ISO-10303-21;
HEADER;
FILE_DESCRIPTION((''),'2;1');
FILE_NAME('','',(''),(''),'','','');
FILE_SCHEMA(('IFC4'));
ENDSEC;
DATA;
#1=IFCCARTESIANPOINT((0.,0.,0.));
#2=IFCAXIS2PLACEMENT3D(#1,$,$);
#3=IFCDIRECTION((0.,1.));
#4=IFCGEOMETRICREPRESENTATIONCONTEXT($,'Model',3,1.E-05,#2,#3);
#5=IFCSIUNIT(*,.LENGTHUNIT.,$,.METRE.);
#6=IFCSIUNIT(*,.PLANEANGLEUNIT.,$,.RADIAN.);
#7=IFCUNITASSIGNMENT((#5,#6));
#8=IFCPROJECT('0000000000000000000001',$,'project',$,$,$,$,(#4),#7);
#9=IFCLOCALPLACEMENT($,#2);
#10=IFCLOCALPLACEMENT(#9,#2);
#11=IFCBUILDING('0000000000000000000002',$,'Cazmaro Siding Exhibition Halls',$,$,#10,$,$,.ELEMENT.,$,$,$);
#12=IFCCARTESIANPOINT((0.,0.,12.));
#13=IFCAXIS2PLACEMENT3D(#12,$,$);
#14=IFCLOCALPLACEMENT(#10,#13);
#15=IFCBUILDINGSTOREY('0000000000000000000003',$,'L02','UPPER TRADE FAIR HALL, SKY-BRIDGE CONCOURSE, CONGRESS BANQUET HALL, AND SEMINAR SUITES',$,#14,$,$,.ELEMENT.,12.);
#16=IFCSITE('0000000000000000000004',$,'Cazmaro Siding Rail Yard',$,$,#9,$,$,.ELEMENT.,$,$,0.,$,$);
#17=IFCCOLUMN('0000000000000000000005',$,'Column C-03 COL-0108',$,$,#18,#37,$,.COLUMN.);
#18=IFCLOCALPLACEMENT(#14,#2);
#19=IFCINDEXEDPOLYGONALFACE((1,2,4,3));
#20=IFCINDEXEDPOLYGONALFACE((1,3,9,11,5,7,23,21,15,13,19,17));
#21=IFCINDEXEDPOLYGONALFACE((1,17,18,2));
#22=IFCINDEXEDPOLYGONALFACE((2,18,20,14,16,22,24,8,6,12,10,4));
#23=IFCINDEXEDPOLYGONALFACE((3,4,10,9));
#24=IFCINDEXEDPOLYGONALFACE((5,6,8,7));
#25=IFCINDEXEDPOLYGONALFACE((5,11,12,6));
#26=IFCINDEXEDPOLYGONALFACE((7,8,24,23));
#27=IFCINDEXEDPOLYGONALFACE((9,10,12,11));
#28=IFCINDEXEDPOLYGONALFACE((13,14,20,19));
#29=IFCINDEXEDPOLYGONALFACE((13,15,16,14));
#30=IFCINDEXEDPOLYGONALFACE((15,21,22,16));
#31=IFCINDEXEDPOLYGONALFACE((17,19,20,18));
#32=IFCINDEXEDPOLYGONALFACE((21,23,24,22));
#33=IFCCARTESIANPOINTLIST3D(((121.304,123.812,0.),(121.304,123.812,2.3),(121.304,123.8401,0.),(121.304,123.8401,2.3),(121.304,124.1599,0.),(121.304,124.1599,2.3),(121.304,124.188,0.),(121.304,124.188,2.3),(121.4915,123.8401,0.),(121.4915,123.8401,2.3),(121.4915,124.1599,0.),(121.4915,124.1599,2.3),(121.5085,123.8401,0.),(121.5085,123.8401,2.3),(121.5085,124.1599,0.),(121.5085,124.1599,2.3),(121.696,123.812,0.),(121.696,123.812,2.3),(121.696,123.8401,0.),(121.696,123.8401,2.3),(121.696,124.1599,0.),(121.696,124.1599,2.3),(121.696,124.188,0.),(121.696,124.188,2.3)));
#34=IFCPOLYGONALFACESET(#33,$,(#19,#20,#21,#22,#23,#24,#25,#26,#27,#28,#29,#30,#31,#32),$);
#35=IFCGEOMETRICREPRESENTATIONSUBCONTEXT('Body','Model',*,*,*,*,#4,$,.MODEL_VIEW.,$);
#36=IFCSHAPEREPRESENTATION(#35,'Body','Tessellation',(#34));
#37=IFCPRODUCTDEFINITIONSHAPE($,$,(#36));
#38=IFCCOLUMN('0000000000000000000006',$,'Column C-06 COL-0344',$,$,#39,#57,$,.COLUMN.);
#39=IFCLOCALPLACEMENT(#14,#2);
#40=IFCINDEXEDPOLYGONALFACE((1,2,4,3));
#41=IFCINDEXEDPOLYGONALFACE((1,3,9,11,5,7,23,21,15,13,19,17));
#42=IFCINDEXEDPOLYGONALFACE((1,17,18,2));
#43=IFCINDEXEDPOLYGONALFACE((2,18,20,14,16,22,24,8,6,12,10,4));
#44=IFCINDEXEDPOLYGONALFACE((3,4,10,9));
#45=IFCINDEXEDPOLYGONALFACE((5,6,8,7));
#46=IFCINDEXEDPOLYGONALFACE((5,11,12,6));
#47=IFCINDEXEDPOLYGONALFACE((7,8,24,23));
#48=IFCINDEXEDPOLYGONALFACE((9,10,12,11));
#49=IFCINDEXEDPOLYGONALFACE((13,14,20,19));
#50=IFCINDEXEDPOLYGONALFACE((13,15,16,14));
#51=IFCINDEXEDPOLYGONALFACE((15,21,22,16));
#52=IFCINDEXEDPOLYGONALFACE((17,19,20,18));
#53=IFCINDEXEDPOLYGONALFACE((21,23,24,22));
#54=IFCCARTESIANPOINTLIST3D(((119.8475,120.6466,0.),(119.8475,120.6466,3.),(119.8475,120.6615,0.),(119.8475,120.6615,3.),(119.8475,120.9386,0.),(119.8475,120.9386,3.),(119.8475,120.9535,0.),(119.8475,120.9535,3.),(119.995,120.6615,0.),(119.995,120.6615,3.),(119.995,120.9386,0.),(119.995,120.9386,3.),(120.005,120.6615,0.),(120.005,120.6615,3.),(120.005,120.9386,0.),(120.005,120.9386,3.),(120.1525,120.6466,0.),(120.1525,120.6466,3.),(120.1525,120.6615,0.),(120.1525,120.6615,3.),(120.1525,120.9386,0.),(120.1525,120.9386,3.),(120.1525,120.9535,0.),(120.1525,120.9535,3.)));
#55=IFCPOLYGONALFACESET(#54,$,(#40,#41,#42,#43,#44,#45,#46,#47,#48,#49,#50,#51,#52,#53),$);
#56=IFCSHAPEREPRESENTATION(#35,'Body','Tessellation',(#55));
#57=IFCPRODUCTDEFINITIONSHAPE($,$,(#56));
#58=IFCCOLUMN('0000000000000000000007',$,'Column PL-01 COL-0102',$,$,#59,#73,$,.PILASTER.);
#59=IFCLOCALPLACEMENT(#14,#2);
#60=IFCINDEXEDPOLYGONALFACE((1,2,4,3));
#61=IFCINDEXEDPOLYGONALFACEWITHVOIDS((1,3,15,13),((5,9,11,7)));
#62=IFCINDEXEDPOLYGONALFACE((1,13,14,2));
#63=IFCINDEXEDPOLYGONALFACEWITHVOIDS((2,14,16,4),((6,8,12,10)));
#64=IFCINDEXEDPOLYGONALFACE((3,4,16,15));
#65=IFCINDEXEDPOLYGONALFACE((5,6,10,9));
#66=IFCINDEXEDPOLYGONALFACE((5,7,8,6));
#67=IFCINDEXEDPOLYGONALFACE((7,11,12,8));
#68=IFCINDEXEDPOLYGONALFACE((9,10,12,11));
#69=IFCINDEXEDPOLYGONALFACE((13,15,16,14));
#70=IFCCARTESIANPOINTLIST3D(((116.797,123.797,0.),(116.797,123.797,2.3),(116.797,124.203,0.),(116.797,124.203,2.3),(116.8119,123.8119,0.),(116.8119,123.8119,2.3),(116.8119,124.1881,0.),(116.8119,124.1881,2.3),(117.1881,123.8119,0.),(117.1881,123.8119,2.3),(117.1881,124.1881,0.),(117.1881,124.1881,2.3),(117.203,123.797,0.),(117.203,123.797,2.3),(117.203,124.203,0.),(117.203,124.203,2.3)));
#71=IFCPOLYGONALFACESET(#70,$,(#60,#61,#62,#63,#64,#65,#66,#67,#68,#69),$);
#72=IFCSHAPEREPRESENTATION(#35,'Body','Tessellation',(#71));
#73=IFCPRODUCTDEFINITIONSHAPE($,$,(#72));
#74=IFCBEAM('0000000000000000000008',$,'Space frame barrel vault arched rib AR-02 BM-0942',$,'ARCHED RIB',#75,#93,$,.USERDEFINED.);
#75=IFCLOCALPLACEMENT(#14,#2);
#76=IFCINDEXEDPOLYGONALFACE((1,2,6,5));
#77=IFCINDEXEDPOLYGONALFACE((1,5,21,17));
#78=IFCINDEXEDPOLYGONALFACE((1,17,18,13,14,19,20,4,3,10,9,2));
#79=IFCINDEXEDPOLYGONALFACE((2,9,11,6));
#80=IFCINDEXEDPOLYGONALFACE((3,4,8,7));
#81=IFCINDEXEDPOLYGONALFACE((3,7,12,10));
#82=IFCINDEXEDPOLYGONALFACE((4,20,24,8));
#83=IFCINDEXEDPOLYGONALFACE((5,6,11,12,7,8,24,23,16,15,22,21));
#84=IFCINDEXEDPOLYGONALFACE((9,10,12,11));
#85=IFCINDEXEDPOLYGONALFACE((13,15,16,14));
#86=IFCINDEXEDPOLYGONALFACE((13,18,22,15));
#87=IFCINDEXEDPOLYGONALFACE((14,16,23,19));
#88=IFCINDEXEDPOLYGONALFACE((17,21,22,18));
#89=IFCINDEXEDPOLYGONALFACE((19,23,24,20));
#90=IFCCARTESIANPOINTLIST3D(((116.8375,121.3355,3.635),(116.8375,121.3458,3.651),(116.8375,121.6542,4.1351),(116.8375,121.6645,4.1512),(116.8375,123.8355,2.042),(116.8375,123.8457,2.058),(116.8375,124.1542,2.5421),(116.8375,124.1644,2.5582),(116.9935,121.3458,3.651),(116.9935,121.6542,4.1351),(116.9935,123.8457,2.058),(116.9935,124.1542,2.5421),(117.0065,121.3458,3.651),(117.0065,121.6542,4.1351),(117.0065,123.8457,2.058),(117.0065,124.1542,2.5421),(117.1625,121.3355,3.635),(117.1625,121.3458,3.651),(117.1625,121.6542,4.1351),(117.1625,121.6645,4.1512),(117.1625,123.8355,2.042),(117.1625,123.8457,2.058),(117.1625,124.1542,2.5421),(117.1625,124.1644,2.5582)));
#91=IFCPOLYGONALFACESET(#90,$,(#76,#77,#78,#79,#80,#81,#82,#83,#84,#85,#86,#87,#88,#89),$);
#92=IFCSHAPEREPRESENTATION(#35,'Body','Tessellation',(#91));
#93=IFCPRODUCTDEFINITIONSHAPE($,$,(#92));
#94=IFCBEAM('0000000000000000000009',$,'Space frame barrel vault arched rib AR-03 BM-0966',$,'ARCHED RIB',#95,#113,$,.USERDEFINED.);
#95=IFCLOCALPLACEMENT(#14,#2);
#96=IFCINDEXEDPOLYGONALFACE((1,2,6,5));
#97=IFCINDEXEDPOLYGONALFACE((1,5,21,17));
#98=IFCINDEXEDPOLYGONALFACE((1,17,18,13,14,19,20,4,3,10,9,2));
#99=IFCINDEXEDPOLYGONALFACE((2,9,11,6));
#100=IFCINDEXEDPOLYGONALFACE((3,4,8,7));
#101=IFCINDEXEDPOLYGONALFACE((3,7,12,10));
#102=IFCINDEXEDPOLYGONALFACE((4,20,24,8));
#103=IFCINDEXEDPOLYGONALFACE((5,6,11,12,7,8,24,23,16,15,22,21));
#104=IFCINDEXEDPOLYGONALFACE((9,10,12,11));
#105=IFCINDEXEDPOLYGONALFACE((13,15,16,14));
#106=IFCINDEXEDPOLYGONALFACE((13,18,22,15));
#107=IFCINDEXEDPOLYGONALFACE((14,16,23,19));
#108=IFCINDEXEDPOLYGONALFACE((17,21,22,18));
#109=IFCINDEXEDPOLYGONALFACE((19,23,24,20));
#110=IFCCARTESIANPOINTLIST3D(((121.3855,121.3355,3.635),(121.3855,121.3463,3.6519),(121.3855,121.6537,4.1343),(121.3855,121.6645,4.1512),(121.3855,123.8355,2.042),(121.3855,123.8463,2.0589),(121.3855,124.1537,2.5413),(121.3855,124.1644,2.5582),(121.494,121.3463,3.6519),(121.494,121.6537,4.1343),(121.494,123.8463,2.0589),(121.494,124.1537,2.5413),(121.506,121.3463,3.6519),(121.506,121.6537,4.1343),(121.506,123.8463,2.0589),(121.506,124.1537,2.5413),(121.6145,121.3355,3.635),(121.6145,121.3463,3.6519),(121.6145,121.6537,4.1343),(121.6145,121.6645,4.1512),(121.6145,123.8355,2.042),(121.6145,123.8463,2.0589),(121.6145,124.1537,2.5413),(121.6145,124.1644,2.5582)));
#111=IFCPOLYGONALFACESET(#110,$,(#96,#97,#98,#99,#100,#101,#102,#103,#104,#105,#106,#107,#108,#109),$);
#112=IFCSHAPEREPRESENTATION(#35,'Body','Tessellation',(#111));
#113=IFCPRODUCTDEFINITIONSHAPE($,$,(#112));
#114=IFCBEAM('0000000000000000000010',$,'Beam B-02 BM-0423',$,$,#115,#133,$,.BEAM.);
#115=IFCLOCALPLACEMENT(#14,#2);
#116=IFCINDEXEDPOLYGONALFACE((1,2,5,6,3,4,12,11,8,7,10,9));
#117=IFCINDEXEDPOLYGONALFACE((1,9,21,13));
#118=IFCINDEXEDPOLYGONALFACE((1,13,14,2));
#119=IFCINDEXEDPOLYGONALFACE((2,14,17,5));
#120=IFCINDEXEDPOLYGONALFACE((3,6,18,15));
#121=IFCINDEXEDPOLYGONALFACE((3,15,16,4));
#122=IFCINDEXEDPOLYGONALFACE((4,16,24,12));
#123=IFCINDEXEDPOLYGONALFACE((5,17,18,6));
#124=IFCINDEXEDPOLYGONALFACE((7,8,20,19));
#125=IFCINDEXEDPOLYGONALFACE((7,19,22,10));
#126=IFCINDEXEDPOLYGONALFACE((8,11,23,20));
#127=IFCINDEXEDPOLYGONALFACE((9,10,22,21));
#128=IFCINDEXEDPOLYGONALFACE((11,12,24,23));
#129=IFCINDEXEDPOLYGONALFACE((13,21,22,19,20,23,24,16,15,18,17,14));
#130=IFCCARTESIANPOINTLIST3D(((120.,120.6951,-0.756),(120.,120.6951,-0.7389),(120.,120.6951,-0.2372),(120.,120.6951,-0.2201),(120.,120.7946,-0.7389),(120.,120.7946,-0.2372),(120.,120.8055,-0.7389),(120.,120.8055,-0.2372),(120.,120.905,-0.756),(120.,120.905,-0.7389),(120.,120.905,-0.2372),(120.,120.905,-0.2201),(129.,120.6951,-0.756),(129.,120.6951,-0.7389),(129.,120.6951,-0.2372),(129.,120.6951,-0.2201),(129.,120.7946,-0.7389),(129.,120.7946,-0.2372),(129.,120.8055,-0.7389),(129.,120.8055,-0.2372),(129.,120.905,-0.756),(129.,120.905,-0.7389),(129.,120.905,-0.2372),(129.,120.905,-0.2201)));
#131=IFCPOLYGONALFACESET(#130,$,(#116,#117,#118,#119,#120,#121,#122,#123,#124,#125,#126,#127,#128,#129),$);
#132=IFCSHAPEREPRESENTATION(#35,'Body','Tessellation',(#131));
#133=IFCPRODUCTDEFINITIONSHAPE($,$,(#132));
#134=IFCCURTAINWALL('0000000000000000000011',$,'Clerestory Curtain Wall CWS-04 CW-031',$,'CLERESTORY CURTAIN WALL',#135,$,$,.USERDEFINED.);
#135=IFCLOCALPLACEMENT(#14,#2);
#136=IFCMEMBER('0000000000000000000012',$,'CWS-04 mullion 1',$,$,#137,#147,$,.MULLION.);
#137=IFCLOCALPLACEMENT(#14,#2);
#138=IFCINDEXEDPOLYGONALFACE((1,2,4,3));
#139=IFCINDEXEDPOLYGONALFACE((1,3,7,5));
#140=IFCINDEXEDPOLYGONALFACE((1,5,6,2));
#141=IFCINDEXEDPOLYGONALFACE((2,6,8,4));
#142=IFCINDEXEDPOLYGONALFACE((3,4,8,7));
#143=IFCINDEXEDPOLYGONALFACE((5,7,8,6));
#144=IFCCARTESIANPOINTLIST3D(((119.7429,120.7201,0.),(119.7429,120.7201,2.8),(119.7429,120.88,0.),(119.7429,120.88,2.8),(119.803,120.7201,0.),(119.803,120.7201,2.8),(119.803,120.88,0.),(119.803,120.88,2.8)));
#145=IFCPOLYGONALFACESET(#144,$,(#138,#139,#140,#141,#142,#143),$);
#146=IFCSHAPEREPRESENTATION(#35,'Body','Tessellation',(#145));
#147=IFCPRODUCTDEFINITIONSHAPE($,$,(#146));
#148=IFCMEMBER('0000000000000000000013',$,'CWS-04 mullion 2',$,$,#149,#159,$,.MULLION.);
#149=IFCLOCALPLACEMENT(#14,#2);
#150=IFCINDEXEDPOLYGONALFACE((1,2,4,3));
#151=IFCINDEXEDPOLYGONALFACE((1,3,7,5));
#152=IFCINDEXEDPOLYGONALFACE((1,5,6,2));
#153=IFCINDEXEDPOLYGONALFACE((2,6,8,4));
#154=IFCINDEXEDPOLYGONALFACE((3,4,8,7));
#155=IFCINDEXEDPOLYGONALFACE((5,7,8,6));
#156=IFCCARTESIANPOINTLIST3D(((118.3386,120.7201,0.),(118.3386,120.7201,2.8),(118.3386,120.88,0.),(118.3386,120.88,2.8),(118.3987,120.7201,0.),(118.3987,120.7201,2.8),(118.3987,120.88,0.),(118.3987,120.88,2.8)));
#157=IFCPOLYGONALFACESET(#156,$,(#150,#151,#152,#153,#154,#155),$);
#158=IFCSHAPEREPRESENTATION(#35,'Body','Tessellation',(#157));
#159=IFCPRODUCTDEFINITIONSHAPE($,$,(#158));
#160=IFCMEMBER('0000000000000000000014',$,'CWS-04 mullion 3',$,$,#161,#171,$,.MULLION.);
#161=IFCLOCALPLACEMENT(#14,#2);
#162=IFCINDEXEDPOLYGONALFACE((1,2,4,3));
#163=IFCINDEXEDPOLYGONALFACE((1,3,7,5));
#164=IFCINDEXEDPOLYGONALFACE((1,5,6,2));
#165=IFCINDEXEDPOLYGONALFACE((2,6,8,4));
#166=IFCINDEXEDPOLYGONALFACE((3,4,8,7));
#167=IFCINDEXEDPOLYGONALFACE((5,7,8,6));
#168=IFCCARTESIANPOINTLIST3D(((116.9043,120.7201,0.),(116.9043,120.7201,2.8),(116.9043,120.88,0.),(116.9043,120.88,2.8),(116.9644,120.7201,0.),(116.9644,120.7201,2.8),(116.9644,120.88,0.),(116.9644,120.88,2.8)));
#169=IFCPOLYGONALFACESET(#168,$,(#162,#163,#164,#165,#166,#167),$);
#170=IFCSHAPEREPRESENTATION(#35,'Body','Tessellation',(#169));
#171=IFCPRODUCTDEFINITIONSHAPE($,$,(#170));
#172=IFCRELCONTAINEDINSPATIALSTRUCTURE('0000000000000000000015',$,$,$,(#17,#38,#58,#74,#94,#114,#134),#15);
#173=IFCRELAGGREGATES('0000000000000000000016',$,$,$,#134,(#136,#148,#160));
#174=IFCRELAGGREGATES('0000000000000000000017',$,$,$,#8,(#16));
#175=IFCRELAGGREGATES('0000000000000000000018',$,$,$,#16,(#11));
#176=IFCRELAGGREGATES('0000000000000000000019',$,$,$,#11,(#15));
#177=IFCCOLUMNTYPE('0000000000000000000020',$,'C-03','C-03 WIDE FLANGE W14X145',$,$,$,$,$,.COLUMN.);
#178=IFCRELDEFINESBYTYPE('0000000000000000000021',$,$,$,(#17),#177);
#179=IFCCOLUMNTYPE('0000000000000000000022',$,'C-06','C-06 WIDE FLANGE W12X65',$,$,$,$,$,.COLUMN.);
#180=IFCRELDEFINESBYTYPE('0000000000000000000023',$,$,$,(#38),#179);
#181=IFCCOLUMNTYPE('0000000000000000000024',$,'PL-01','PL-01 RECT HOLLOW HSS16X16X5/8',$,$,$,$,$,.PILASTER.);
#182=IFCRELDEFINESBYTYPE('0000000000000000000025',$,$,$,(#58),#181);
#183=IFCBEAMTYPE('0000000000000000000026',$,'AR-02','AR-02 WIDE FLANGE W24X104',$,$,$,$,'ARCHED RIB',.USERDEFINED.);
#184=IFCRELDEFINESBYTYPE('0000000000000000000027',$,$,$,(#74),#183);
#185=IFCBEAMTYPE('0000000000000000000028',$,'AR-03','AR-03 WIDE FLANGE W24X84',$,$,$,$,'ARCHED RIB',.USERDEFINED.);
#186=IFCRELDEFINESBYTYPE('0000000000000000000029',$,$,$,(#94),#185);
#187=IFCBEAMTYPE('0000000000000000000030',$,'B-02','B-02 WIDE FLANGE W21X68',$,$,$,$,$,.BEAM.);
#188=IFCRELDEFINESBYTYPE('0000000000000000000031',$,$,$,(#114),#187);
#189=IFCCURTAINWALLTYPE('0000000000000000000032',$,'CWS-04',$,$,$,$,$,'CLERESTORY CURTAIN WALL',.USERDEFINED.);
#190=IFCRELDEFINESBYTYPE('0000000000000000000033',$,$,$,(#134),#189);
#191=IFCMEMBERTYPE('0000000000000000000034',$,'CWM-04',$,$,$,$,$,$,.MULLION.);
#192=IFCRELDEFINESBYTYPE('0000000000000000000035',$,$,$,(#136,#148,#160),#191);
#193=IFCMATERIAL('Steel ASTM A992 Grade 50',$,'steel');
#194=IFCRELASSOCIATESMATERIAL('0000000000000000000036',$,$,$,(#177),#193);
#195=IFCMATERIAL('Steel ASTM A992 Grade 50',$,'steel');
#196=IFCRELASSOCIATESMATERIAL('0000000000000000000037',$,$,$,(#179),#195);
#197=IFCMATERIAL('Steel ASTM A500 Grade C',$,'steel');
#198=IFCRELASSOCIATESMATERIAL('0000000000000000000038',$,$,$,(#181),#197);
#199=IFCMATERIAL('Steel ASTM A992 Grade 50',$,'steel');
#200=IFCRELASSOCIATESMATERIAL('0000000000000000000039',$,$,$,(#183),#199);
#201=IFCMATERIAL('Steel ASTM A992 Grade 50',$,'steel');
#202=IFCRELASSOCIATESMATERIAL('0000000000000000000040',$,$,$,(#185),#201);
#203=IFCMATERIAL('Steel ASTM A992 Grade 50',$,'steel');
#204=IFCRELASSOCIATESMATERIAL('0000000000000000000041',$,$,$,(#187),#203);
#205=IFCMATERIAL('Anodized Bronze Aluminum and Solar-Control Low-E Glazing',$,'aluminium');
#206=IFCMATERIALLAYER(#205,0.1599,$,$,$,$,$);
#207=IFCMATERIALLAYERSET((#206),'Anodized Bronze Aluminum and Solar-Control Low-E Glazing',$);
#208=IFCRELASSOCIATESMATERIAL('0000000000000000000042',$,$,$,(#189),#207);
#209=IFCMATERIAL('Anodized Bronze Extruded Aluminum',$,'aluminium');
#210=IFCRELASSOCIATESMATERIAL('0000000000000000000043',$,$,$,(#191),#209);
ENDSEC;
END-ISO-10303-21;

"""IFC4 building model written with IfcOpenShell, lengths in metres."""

from ifc_helpers import new_model, si_unit, direction, frame, origin, origin_2d, place, context, subcontext, project, spatial, rectangle, hollow_rectangle, i_section, extrude, material, layer, layer_set, material_profile, profile_set, type_object, element, aggregate, save


model = new_model("IFC4")

# Units and contexts
model_context = context("Model", 3, precision=1e-05, world=origin(), true_north=direction((0.0, 1.0)))
body_context = subcontext(model_context, "Body", "Model", "MODEL_VIEW")
ifc_project = project(units=[si_unit("LENGTHUNIT", "METRE"), si_unit("PLANEANGLEUNIT", "RADIAN")], contexts=[model_context])

# Site, building, storey
site_placement = place(None, origin())
site = spatial("IfcSite", under=ifc_project, at=site_placement, Name="Cazmaro Siding Rail Yard", CompositionType="ELEMENT", RefElevation=0.0)
building_placement = place(site_placement, origin())
building = spatial("IfcBuilding", under=site, at=building_placement, Name="Cazmaro Siding Exhibition Halls", CompositionType="ELEMENT")
storey_placement = place(building_placement, frame((0.0, 0.0, 12.0)))
storey = spatial("IfcBuildingStorey", under=building, at=storey_placement, Name="L02", Description="UPPER TRADE FAIR HALL, SKY-BRIDGE CONCOURSE, CONGRESS BANQUET HALL, AND SEMINAR SUITES", CompositionType="ELEMENT", Elevation=12.0)

# Columns
ifc_material_1 = material(Name="Steel ASTM A992 Grade 50", Category="steel")
ifc_material_profile_1 = material_profile(ifc_material_1, i_section(OverallWidth=0.3921, OverallDepth=0.376, WebThickness=0.0171, FlangeThickness=0.0281, at=origin_2d()), Name="W14X145")
ifc_profile_set_1 = profile_set([ifc_material_profile_1], Name="Steel ASTM A992 Grade 50")
column_type_1 = type_object("IfcColumnType", Name="C-03", Description="C-03 WIDE FLANGE W14X145", PredefinedType="COLUMN", material=ifc_profile_set_1)
column_1_placement = place(storey_placement, frame((121.5, 124.0, 0.0), z_axis=(0.0, 0.0, 1.0), x_axis=(1.0, 0.0, 0.0)))
element("IfcColumn", 1, at=column_1_placement, inside=storey, type_object=column_type_1, Name="Column C-03 COL-0108", PredefinedType="COLUMN", context=body_context, shape_type="SweptSolid", body=[
    extrude(i_section(OverallWidth=0.3921, OverallDepth=0.376, WebThickness=0.0171, FlangeThickness=0.0281, at=origin_2d()), origin(), (0.0, 0.0, 1.0), 2.3),
])
ifc_material_2 = material(Name="Steel ASTM A992 Grade 50", Category="steel")
ifc_material_profile_2 = material_profile(ifc_material_2, i_section(OverallWidth=0.3049, OverallDepth=0.3069, WebThickness=0.01, FlangeThickness=0.0149, at=origin_2d()), Name="W12X65")
ifc_profile_set_2 = profile_set([ifc_material_profile_2], Name="Steel ASTM A992 Grade 50")
column_type_2 = type_object("IfcColumnType", Name="C-06", Description="C-06 WIDE FLANGE W12X65", PredefinedType="COLUMN", material=ifc_profile_set_2)
column_2_placement = place(storey_placement, frame((120.0, 120.8, 0.0), z_axis=(0.0, 0.0, 1.0), x_axis=(1.0, 0.0, 0.0)))
element("IfcColumn", 2, at=column_2_placement, inside=storey, type_object=column_type_2, Name="Column C-06 COL-0344", PredefinedType="COLUMN", context=body_context, shape_type="SweptSolid", body=[
    extrude(i_section(OverallWidth=0.3049, OverallDepth=0.3069, WebThickness=0.01, FlangeThickness=0.0149, at=origin_2d()), origin(), (0.0, 0.0, 1.0), 3.0),
])
ifc_material_3 = material(Name="Steel ASTM A500 Grade C", Category="steel")
ifc_material_profile_3 = material_profile(ifc_material_3, hollow_rectangle(XDim=0.406, YDim=0.406, WallThickness=0.0149, at=origin_2d()), Name="HSS16X16X5/8")
ifc_profile_set_3 = profile_set([ifc_material_profile_3], Name="Steel ASTM A500 Grade C")
column_type_3 = type_object("IfcColumnType", Name="PL-01", Description="PL-01 RECT HOLLOW HSS16X16X5/8", PredefinedType="PILASTER", material=ifc_profile_set_3)
column_3_placement = place(storey_placement, frame((117.0, 124.0, 0.0), z_axis=(0.0, 0.0, 1.0), x_axis=(1.0, 0.0, 0.0)))
element("IfcColumn", 3, at=column_3_placement, inside=storey, type_object=column_type_3, Name="Column PL-01 COL-0102", PredefinedType="PILASTER", context=body_context, shape_type="SweptSolid", body=[
    extrude(hollow_rectangle(XDim=0.406, YDim=0.406, WallThickness=0.0149, at=origin_2d()), origin(), (0.0, 0.0, 1.0), 2.3),
])

# Beams
ifc_material_4 = material(Name="Steel ASTM A992 Grade 50", Category="steel")
ifc_material_profile_4 = material_profile(ifc_material_4, i_section(OverallWidth=0.325, OverallDepth=0.6121, WebThickness=0.0129, FlangeThickness=0.019, at=origin_2d()), Name="W24X104")
ifc_profile_set_4 = profile_set([ifc_material_profile_4], Name="Steel ASTM A992 Grade 50")
beam_type_1 = type_object("IfcBeamType", Name="AR-02", Description="AR-02 WIDE FLANGE W24X104", ElementType="ARCHED RIB", PredefinedType="USERDEFINED", material=ifc_profile_set_4)
beam_1_placement = place(storey_placement, frame((117.0, 121.5, 3.8931), z_axis=(0.0, 0.843339, -0.537382), x_axis=(-1.0, 0.0, 0.0)))
element("IfcBeam", 4, at=beam_1_placement, inside=storey, type_object=beam_type_1, Name="Space frame barrel vault arched rib AR-02 BM-0942", ObjectType="ARCHED RIB", PredefinedType="USERDEFINED", context=body_context, shape_type="SweptSolid", body=[
    extrude(i_section(OverallWidth=0.325, OverallDepth=0.6121, WebThickness=0.0129, FlangeThickness=0.019, at=origin_2d()), origin(), (0.0, 0.0, 1.0), 2.9644),
])
ifc_material_5 = material(Name="Steel ASTM A992 Grade 50", Category="steel")
ifc_material_profile_5 = material_profile(ifc_material_5, i_section(OverallWidth=0.229, OverallDepth=0.6121, WebThickness=0.012, FlangeThickness=0.02, at=origin_2d()), Name="W24X84")
ifc_profile_set_5 = profile_set([ifc_material_profile_5], Name="Steel ASTM A992 Grade 50")
beam_type_2 = type_object("IfcBeamType", Name="AR-03", Description="AR-03 WIDE FLANGE W24X84", ElementType="ARCHED RIB", PredefinedType="USERDEFINED", material=ifc_profile_set_5)
beam_2_placement = place(storey_placement, frame((121.5, 121.5, 3.8931), z_axis=(0.0, 0.843339, -0.537382), x_axis=(-1.0, 0.0, 0.0)))
element("IfcBeam", 5, at=beam_2_placement, inside=storey, type_object=beam_type_2, Name="Space frame barrel vault arched rib AR-03 BM-0966", ObjectType="ARCHED RIB", PredefinedType="USERDEFINED", context=body_context, shape_type="SweptSolid", body=[
    extrude(i_section(OverallWidth=0.229, OverallDepth=0.6121, WebThickness=0.012, FlangeThickness=0.02, at=origin_2d()), origin(), (0.0, 0.0, 1.0), 2.9644),
])
ifc_material_6 = material(Name="Steel ASTM A992 Grade 50", Category="steel")
ifc_material_profile_6 = material_profile(ifc_material_6, i_section(OverallWidth=0.21, OverallDepth=0.5359, WebThickness=0.011, FlangeThickness=0.0171, at=origin_2d()), Name="W21X68")
ifc_profile_set_6 = profile_set([ifc_material_profile_6], Name="Steel ASTM A992 Grade 50")
beam_type_3 = type_object("IfcBeamType", Name="B-02", Description="B-02 WIDE FLANGE W21X68", PredefinedType="BEAM", material=ifc_profile_set_6)
beam_3_placement = place(storey_placement, frame((120.0, 120.8, -0.488), z_axis=(1.0, 0.0, 0.0), x_axis=(0.0, 1.0, 0.0)))
element("IfcBeam", 6, at=beam_3_placement, inside=storey, type_object=beam_type_3, Name="Beam B-02 BM-0423", PredefinedType="BEAM", context=body_context, shape_type="SweptSolid", body=[
    extrude(i_section(OverallWidth=0.21, OverallDepth=0.5359, WebThickness=0.011, FlangeThickness=0.0171, at=origin_2d()), origin(), (0.0, 0.0, 1.0), 9.0),
])

# Curtain wall, members
ifc_material_7 = material(Name="Anodized Bronze Aluminum and Solar-Control Low-E Glazing", Category="aluminium")
ifc_layer_1 = layer(ifc_material_7, 0.1599)
ifc_layer_set_1 = layer_set([ifc_layer_1], Name="Anodized Bronze Aluminum and Solar-Control Low-E Glazing")
curtain_wall_type = type_object("IfcCurtainWallType", Name="CWS-04", ElementType="CLERESTORY CURTAIN WALL", PredefinedType="USERDEFINED", material=ifc_layer_set_1)
curtain_wall_1_placement = place(storey_placement, origin())
curtain_wall_1 = element("IfcCurtainWall", 7, at=curtain_wall_1_placement, inside=storey, type_object=curtain_wall_type, Name="Clerestory Curtain Wall CWS-04 CW-031", ObjectType="CLERESTORY CURTAIN WALL", PredefinedType="USERDEFINED")
ifc_material_8 = material(Name="Anodized Bronze Extruded Aluminum", Category="aluminium")
ifc_material_profile_7 = material_profile(ifc_material_8, rectangle(XDim=0.1599, YDim=0.0601, at=origin_2d()), Name="CWM-04")
ifc_profile_set_7 = profile_set([ifc_material_profile_7], Name="Anodized Bronze Extruded Aluminum")
member_type_1 = type_object("IfcMemberType", Name="CWM-04", PredefinedType="MULLION", material=ifc_profile_set_7)
member_1_placement = place(storey_placement, frame((119.7729, 120.8, 0.0), z_axis=(0.0, 0.0, 1.0), x_axis=(0.0, -1.0, 0.0)))
member_1 = element("IfcMember", 8, at=member_1_placement, type_object=member_type_1, Name="CWS-04 mullion 1", PredefinedType="MULLION", context=body_context, shape_type="SweptSolid", body=[
    extrude(rectangle(XDim=0.1599, YDim=0.0601, at=origin_2d()), origin(), (0.0, 0.0, 1.0), 2.8),
])
member_2_placement = place(storey_placement, frame((118.3687, 120.8, 0.0), z_axis=(0.0, 0.0, 1.0), x_axis=(0.0, -1.0, 0.0)))
member_2 = element("IfcMember", 9, at=member_2_placement, type_object=member_type_1, Name="CWS-04 mullion 2", PredefinedType="MULLION", context=body_context, shape_type="SweptSolid", body=[
    extrude(rectangle(XDim=0.1599, YDim=0.0601, at=origin_2d()), origin(), (0.0, 0.0, 1.0), 2.8),
])
member_3_placement = place(storey_placement, frame((116.9343, 120.8, 0.0), z_axis=(0.0, 0.0, 1.0), x_axis=(0.0, -1.0, 0.0)))
member_3 = element("IfcMember", 10, at=member_3_placement, type_object=member_type_1, Name="CWS-04 mullion 3", PredefinedType="MULLION", context=body_context, shape_type="SweptSolid", body=[
    extrude(rectangle(XDim=0.1599, YDim=0.0601, at=origin_2d()), origin(), (0.0, 0.0, 1.0), 2.8),
])

aggregate(curtain_wall_1, [member_1, member_2, member_3])

save(model, "model.ifc")
